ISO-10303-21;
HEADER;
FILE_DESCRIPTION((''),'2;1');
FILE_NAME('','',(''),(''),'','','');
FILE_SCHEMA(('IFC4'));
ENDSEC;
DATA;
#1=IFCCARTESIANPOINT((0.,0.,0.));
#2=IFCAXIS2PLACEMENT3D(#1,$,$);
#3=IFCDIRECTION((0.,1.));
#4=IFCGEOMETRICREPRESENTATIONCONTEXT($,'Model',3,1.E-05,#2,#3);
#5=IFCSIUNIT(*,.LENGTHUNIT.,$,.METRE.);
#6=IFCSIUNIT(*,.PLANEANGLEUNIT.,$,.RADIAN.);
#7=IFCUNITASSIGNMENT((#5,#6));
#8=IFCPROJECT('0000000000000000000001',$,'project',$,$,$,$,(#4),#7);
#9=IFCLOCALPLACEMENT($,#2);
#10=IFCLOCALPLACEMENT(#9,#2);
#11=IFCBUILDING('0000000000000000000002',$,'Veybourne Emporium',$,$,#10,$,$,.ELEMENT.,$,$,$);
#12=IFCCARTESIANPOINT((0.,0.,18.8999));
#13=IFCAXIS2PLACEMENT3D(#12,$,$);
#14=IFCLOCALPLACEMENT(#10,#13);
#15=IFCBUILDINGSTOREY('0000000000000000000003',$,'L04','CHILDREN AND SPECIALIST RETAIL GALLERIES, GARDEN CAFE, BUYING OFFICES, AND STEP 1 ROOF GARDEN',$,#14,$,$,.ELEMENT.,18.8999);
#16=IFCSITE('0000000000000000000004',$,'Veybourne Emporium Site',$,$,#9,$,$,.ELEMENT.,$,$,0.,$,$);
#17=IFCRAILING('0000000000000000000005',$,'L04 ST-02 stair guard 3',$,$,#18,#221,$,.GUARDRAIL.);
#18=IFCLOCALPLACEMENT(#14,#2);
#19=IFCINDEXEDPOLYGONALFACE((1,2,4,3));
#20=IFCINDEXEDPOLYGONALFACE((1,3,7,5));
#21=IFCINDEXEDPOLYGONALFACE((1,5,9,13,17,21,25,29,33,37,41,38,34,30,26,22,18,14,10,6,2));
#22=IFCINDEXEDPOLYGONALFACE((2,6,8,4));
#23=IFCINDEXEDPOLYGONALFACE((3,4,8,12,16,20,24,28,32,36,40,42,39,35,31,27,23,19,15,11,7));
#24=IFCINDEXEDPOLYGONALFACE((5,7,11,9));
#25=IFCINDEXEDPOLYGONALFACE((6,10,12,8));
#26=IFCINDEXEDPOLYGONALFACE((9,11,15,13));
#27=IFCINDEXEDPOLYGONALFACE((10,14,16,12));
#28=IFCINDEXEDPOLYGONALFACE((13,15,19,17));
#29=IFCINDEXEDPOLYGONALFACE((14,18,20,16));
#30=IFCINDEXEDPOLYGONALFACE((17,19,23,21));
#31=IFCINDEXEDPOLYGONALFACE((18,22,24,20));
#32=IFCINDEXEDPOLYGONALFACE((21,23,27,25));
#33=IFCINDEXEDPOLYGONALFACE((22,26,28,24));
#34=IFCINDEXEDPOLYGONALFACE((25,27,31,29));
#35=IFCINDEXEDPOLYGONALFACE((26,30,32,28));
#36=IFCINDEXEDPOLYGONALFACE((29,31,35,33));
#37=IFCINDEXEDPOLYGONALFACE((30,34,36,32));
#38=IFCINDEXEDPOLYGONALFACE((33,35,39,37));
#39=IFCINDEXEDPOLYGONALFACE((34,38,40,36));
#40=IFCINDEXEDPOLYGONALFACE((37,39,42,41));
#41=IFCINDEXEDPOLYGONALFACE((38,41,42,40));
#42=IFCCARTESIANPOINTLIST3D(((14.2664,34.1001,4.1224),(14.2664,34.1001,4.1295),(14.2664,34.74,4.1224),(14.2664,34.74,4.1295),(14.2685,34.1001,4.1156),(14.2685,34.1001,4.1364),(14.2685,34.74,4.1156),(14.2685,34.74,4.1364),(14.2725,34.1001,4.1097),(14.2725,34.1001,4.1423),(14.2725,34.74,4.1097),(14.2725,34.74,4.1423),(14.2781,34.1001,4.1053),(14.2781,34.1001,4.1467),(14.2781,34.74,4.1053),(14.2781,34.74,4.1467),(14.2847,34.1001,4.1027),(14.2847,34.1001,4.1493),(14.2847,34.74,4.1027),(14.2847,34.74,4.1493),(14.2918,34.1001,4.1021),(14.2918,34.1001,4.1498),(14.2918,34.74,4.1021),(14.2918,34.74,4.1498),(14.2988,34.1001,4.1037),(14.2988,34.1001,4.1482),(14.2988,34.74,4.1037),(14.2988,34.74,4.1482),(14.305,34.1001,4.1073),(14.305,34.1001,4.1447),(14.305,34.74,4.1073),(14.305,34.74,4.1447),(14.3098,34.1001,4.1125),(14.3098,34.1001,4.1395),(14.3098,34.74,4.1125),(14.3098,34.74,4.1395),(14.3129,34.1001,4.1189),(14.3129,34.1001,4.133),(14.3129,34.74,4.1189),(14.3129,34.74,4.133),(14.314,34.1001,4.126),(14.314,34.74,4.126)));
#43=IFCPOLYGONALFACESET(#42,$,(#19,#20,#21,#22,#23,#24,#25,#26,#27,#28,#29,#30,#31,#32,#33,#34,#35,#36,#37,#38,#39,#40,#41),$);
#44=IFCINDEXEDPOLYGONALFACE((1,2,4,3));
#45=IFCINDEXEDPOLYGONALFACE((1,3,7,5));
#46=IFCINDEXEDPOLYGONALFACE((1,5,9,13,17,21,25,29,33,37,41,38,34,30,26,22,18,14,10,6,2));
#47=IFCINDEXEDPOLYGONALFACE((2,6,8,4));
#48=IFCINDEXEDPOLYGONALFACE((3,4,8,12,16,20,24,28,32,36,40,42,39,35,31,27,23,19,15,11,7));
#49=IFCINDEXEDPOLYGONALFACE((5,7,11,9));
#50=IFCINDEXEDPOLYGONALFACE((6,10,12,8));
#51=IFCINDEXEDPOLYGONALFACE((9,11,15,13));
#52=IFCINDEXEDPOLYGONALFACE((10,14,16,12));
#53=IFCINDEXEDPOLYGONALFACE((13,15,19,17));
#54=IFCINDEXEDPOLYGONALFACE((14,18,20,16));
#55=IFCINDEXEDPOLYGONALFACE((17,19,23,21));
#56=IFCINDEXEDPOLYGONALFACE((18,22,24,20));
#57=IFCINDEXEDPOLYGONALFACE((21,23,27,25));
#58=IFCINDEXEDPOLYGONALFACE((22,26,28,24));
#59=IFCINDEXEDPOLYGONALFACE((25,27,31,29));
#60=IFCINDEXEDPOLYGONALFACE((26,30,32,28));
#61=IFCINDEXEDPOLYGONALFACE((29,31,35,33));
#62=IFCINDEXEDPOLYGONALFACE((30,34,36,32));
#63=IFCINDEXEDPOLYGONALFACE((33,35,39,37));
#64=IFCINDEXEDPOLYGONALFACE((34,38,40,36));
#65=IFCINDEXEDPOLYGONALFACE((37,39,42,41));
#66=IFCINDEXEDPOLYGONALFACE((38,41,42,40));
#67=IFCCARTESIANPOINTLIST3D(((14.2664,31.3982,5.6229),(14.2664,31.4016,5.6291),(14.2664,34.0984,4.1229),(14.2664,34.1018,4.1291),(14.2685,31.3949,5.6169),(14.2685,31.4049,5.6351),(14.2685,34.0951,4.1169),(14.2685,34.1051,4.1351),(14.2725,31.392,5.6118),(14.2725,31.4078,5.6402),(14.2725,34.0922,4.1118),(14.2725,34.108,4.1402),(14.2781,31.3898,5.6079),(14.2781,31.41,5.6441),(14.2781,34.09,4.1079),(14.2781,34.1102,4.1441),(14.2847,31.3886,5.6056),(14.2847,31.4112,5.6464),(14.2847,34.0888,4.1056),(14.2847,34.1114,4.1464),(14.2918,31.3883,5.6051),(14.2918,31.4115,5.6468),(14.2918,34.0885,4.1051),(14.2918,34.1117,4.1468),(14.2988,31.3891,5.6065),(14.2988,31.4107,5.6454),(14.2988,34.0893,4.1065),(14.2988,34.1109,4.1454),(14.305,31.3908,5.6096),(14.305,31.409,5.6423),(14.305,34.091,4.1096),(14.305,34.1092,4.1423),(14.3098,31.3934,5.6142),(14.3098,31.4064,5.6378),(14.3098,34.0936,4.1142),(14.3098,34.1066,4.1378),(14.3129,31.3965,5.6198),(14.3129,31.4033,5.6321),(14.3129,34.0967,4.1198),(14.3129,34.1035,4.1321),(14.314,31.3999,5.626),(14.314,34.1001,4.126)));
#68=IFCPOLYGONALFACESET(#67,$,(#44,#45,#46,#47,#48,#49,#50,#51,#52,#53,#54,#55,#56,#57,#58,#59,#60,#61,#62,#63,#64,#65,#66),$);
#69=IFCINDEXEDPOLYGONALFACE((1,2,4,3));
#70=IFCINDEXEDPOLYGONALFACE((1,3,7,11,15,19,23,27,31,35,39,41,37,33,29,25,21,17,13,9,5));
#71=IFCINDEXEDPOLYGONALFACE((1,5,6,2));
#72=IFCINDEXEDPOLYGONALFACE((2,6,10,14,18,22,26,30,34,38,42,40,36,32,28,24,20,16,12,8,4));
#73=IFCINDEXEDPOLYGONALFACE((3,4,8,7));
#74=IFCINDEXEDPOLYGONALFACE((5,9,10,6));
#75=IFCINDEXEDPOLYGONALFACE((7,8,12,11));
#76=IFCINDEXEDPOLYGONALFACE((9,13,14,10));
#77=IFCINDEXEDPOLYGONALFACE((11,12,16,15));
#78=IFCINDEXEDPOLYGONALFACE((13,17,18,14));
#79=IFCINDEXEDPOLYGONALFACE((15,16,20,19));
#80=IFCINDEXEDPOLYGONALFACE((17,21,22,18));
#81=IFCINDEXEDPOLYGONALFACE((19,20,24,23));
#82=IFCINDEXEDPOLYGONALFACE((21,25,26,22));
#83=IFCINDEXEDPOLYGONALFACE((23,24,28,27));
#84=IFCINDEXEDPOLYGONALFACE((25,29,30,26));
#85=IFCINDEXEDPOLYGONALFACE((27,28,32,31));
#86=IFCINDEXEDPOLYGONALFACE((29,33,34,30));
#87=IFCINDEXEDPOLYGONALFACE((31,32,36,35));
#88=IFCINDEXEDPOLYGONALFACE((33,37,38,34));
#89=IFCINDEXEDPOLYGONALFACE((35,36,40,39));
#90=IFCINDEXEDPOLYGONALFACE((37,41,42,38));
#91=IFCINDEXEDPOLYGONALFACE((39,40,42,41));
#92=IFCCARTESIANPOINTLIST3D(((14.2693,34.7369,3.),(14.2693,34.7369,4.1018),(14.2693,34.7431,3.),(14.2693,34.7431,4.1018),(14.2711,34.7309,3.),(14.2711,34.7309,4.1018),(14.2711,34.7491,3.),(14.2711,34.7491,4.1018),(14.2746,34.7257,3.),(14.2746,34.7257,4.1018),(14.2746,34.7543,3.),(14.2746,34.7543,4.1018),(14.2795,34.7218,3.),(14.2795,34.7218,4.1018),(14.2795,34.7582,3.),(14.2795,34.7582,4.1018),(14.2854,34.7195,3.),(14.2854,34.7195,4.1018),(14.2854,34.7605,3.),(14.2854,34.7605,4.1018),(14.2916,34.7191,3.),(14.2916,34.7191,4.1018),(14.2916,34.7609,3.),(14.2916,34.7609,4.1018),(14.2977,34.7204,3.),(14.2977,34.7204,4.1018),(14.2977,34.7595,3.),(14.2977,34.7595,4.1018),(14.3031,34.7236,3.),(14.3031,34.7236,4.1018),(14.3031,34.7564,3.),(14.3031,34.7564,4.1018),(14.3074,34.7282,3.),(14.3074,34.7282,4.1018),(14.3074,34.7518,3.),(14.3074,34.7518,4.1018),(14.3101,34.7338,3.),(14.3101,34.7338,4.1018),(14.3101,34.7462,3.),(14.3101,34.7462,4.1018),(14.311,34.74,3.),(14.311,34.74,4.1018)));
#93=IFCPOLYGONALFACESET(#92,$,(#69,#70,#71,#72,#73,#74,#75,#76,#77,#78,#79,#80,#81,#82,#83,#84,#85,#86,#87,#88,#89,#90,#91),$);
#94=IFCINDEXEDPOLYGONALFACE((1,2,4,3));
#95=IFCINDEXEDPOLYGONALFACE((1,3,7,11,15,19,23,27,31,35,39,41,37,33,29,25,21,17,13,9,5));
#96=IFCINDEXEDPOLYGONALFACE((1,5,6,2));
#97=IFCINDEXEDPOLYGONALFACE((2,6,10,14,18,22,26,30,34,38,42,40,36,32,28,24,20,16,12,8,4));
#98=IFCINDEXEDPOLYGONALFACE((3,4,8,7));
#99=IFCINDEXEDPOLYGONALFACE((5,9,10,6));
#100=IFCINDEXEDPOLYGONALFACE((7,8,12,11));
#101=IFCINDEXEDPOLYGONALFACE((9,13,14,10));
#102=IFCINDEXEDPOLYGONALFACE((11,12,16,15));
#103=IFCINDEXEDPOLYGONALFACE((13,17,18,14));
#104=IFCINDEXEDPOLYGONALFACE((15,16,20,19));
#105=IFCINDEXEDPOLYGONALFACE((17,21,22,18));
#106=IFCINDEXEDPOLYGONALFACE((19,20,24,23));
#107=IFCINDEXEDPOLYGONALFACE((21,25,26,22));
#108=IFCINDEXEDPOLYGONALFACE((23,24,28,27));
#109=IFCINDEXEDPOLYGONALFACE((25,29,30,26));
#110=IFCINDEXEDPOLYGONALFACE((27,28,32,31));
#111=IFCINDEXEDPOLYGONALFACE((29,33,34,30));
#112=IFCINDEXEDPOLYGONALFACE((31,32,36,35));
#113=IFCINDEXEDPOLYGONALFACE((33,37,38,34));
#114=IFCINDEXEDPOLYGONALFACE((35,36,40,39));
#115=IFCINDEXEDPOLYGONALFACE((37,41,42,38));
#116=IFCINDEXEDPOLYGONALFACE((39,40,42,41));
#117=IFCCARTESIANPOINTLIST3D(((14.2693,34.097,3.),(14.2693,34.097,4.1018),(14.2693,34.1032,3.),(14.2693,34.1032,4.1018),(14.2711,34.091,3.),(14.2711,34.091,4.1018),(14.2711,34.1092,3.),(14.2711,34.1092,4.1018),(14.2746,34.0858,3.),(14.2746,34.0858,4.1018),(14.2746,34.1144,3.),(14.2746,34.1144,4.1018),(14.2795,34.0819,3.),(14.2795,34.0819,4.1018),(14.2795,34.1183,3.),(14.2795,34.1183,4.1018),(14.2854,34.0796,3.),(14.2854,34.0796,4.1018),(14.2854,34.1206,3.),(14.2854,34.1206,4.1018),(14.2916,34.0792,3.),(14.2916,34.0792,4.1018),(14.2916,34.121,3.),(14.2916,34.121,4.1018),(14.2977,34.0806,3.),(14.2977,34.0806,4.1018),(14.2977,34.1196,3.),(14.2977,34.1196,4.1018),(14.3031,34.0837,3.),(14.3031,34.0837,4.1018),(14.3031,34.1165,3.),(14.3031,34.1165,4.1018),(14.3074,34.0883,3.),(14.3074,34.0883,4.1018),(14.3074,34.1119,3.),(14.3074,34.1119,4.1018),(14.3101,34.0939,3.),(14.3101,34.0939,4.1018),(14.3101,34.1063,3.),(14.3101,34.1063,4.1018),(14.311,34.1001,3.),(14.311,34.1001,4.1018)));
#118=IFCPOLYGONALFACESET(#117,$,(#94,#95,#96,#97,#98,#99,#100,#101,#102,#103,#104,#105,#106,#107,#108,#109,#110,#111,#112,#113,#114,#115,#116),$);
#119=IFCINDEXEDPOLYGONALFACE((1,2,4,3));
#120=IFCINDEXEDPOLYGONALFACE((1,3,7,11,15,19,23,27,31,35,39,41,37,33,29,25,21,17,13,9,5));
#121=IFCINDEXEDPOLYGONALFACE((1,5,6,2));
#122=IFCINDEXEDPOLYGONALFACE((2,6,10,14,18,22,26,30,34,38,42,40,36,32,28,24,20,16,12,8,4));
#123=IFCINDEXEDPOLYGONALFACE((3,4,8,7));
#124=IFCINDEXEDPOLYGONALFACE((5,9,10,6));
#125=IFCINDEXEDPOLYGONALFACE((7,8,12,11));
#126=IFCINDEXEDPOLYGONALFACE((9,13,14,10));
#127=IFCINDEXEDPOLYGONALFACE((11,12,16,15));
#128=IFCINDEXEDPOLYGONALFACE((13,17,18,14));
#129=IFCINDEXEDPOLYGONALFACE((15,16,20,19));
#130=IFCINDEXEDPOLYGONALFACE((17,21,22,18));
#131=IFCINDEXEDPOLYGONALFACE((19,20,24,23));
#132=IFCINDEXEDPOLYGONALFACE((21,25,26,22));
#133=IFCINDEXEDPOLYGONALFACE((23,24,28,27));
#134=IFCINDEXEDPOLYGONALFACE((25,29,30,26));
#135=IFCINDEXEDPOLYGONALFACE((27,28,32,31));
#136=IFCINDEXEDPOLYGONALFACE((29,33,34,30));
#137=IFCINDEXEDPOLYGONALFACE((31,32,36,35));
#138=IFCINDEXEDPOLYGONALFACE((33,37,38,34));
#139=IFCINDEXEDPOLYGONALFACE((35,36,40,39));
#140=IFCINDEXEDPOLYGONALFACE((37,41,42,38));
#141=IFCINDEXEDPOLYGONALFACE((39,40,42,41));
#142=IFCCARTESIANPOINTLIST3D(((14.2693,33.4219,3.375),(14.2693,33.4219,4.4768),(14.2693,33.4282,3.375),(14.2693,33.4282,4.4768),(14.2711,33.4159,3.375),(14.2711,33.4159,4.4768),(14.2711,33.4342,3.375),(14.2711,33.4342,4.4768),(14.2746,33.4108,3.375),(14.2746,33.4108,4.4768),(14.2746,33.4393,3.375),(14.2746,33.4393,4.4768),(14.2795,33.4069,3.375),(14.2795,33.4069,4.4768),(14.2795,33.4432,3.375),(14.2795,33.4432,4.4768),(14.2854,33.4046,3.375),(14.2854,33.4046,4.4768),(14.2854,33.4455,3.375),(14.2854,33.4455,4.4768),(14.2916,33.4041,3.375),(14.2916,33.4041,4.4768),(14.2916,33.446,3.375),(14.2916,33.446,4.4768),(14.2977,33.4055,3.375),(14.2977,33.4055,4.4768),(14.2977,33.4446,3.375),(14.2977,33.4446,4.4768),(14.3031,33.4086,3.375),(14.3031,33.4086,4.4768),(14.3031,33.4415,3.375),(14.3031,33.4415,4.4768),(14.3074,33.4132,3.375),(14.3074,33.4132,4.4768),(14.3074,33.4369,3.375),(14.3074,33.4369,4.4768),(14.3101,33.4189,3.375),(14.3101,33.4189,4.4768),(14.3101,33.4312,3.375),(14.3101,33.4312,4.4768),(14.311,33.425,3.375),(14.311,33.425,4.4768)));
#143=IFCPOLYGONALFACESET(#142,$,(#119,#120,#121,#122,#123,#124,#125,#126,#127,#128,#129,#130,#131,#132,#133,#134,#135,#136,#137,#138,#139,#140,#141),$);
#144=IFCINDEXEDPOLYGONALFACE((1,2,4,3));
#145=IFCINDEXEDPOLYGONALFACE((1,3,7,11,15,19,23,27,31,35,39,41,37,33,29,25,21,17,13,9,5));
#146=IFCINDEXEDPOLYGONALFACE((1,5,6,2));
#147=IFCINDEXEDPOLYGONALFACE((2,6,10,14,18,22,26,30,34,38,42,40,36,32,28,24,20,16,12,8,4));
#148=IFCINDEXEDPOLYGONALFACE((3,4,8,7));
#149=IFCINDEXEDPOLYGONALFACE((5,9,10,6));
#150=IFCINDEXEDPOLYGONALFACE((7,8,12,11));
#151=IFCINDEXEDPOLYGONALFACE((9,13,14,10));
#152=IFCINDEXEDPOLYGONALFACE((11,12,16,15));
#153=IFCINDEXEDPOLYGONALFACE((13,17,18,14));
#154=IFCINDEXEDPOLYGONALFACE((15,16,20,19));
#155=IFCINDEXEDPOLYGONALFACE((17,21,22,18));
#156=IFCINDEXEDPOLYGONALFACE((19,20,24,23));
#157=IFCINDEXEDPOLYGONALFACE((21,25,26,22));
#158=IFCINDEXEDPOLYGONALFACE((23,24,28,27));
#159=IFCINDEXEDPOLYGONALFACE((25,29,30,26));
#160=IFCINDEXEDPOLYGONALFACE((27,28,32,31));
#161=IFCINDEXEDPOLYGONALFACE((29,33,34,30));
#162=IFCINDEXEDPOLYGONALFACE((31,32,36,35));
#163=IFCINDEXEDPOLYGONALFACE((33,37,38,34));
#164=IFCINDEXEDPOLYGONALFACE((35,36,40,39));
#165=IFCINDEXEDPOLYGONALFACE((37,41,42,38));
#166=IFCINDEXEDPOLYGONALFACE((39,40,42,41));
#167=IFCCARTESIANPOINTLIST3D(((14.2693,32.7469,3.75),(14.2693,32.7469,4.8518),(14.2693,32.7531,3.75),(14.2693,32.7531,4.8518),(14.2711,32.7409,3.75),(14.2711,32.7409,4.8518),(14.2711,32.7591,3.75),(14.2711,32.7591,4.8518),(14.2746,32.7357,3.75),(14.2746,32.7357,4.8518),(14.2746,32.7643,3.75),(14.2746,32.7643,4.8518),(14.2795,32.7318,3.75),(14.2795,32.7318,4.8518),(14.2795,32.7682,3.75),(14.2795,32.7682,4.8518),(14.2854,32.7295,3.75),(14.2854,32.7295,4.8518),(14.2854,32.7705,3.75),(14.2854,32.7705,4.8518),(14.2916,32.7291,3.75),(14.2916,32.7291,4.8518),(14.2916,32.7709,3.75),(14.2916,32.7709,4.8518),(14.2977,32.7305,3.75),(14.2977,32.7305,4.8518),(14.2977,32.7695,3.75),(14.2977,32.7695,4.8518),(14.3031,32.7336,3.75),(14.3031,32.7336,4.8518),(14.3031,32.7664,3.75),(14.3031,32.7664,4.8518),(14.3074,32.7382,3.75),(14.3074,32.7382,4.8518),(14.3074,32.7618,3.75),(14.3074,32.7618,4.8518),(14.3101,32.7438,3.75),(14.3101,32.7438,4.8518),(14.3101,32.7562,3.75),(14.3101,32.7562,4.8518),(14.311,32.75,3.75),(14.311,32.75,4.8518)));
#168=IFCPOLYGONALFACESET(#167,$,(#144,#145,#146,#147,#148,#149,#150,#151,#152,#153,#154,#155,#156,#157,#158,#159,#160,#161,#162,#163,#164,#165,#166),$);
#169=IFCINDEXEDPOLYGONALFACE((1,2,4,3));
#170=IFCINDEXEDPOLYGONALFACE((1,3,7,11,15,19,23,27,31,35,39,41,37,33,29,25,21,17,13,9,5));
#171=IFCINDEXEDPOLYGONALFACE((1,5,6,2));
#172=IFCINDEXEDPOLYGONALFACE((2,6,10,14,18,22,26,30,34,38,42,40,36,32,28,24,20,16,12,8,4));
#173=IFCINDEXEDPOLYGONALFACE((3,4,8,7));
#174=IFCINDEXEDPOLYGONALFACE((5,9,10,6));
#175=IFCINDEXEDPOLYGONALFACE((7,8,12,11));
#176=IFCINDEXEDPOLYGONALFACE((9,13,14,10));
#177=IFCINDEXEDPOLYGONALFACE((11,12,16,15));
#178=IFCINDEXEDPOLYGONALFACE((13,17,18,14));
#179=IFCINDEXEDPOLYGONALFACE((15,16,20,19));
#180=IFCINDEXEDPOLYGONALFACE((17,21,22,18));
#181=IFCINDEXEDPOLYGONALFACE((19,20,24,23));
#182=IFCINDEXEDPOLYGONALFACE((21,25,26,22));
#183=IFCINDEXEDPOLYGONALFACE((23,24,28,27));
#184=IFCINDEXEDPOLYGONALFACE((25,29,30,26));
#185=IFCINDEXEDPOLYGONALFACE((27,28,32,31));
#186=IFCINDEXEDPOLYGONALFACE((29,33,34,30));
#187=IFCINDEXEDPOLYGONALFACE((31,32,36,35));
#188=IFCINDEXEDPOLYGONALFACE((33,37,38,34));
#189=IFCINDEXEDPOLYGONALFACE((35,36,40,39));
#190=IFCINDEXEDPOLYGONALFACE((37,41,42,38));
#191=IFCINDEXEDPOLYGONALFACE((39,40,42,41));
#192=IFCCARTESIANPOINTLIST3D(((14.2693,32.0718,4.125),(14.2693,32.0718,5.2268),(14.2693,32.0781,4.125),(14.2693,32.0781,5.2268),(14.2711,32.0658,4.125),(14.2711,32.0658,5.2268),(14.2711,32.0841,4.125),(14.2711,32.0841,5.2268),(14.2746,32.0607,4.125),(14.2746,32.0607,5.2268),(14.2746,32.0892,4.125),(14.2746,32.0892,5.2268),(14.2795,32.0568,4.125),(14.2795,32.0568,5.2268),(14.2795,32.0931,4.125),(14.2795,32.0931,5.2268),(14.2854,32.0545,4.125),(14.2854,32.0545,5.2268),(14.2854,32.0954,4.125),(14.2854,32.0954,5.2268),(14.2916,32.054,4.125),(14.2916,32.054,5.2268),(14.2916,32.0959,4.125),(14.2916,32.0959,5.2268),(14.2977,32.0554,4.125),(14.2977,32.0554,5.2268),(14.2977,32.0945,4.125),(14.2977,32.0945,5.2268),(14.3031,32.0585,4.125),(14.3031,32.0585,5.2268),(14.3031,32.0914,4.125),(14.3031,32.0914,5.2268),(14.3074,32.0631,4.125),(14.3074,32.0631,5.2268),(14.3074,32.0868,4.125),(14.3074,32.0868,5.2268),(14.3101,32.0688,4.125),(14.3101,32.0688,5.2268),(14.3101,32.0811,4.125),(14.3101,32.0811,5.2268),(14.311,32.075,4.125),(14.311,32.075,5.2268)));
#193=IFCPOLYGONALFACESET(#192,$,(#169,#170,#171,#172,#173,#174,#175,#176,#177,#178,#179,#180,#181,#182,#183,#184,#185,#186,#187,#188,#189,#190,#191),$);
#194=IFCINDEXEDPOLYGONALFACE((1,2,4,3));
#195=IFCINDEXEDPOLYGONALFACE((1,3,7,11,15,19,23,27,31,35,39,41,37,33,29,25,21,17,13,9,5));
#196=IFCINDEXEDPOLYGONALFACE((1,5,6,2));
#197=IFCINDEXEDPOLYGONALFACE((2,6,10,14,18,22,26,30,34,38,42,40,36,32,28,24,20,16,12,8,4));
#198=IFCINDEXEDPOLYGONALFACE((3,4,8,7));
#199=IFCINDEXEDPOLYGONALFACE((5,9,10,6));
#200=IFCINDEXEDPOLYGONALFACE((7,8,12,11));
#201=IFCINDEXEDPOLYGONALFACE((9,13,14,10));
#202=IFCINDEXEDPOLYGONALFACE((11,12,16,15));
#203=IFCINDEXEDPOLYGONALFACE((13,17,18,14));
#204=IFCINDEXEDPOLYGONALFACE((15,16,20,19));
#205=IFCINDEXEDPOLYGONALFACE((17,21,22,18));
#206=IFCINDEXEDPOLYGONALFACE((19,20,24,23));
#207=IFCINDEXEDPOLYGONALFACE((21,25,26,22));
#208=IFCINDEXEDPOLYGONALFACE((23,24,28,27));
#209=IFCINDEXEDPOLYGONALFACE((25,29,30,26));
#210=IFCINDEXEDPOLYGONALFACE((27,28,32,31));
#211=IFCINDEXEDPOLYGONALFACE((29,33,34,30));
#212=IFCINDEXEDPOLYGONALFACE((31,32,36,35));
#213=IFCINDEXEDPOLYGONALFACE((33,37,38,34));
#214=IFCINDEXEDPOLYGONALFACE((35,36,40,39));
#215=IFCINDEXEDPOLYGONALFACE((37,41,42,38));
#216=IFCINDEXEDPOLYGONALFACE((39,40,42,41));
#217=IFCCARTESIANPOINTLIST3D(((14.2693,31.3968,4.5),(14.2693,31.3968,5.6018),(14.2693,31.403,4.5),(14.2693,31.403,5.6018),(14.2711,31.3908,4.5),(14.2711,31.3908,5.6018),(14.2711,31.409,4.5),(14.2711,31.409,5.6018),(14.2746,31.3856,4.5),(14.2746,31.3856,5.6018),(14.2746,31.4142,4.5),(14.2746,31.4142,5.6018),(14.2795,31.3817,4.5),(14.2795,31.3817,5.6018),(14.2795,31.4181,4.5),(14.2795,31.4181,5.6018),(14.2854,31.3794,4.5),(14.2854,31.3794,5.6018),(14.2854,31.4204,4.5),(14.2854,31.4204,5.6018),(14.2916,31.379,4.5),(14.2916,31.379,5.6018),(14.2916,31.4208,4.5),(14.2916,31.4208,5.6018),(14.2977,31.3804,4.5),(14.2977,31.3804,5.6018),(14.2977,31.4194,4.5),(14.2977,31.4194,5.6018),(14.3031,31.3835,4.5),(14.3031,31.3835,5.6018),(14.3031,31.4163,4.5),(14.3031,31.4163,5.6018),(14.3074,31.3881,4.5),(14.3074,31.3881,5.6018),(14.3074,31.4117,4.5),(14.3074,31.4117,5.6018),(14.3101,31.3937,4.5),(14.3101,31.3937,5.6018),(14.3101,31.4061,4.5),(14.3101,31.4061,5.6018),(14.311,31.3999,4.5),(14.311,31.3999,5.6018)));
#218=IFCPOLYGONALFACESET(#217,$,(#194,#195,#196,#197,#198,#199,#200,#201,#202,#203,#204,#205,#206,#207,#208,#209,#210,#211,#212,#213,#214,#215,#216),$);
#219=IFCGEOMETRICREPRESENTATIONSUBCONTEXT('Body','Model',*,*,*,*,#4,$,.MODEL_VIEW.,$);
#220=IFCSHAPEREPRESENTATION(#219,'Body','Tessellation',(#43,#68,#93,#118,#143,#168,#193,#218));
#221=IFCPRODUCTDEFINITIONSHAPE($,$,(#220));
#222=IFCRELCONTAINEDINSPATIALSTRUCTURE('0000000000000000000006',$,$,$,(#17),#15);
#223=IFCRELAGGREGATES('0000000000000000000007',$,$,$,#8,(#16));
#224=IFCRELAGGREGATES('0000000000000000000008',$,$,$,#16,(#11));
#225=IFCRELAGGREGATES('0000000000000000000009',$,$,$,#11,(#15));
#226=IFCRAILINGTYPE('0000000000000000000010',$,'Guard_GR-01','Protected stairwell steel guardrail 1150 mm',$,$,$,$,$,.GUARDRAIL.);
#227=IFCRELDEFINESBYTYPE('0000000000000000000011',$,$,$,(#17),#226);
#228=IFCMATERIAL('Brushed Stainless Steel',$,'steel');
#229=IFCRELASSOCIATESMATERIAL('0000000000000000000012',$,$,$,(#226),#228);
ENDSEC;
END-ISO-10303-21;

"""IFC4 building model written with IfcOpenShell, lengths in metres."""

from ifc_helpers import new_model, si_unit, direction, frame, origin, origin_2d, place, context, subcontext, project, spatial, circle, extrude, material, type_object, element, save


model = new_model("IFC4")

# Units and contexts
model_context = context("Model", 3, precision=1e-05, world=origin(), true_north=direction((0.0, 1.0)))
body_context = subcontext(model_context, "Body", "Model", "MODEL_VIEW")
ifc_project = project(units=[si_unit("LENGTHUNIT", "METRE"), si_unit("PLANEANGLEUNIT", "RADIAN")], contexts=[model_context])

# Site, building, storey
site_placement = place(None, origin())
site = spatial("IfcSite", under=ifc_project, at=site_placement, Name="Veybourne Emporium Site", CompositionType="ELEMENT", RefElevation=0.0)
building_placement = place(site_placement, origin())
building = spatial("IfcBuilding", under=site, at=building_placement, Name="Veybourne Emporium", CompositionType="ELEMENT")
storey_placement = place(building_placement, frame((0.0, 0.0, 18.8999)))
storey = spatial("IfcBuildingStorey", under=building, at=storey_placement, Name="L04", Description="CHILDREN AND SPECIALIST RETAIL GALLERIES, GARDEN CAFE, BUYING OFFICES, AND STEP 1 ROOF GARDEN", CompositionType="ELEMENT", Elevation=18.8999)

# Railing
ifc_material_1 = material(Name="Brushed Stainless Steel", Category="steel")
railing_type_1 = type_object("IfcRailingType", Name="Guard_GR-01", Description="Protected stairwell steel guardrail 1150 mm", PredefinedType="GUARDRAIL", material=ifc_material_1)
railing_1_placement = place(storey_placement, frame((14.29, 34.74, 3.0)))
element("IfcRailing", 1, at=railing_1_placement, inside=storey, type_object=railing_type_1, Name="L04 ST-02 stair guard 3", PredefinedType="GUARDRAIL", context=body_context, shape_type="SweptSolid", body=[
    extrude(circle(Radius=0.0239, at=origin_2d()), frame((0.0, 0.0, 1.126), z_axis=(0.0, -1.0, 0.0), x_axis=(1.0, 0.0, 0.0)), (0.0, 0.0, 1.0), 0.6399),
    extrude(circle(Radius=0.0239, at=origin_2d()), frame((0.0, -0.6399, 1.126), z_axis=(0.0, -0.874172, 0.485616), x_axis=(1.0, 0.0, 0.0)), (0.0, 0.0, 1.0), 3.0889),
    extrude(circle(Radius=0.021, at=origin_2d()), origin(), (0.0, 0.0, 1.0), 1.1018),
    extrude(circle(Radius=0.021, at=origin_2d()), frame((0.0, -0.6399, 0.0)), (0.0, 0.0, 1.0), 1.1018),
    extrude(circle(Radius=0.021, at=origin_2d()), frame((0.0, -1.3149, 0.375)), (0.0, 0.0, 1.0), 1.1018),
    extrude(circle(Radius=0.021, at=origin_2d()), frame((0.0, -1.99, 0.75)), (0.0, 0.0, 1.0), 1.1018),
    extrude(circle(Radius=0.021, at=origin_2d()), frame((0.0, -2.665, 1.125)), (0.0, 0.0, 1.0), 1.1018),
    extrude(circle(Radius=0.021, at=origin_2d()), frame((0.0, -3.3401, 1.5)), (0.0, 0.0, 1.0), 1.1018),
])

save(model, "model.ifc")
